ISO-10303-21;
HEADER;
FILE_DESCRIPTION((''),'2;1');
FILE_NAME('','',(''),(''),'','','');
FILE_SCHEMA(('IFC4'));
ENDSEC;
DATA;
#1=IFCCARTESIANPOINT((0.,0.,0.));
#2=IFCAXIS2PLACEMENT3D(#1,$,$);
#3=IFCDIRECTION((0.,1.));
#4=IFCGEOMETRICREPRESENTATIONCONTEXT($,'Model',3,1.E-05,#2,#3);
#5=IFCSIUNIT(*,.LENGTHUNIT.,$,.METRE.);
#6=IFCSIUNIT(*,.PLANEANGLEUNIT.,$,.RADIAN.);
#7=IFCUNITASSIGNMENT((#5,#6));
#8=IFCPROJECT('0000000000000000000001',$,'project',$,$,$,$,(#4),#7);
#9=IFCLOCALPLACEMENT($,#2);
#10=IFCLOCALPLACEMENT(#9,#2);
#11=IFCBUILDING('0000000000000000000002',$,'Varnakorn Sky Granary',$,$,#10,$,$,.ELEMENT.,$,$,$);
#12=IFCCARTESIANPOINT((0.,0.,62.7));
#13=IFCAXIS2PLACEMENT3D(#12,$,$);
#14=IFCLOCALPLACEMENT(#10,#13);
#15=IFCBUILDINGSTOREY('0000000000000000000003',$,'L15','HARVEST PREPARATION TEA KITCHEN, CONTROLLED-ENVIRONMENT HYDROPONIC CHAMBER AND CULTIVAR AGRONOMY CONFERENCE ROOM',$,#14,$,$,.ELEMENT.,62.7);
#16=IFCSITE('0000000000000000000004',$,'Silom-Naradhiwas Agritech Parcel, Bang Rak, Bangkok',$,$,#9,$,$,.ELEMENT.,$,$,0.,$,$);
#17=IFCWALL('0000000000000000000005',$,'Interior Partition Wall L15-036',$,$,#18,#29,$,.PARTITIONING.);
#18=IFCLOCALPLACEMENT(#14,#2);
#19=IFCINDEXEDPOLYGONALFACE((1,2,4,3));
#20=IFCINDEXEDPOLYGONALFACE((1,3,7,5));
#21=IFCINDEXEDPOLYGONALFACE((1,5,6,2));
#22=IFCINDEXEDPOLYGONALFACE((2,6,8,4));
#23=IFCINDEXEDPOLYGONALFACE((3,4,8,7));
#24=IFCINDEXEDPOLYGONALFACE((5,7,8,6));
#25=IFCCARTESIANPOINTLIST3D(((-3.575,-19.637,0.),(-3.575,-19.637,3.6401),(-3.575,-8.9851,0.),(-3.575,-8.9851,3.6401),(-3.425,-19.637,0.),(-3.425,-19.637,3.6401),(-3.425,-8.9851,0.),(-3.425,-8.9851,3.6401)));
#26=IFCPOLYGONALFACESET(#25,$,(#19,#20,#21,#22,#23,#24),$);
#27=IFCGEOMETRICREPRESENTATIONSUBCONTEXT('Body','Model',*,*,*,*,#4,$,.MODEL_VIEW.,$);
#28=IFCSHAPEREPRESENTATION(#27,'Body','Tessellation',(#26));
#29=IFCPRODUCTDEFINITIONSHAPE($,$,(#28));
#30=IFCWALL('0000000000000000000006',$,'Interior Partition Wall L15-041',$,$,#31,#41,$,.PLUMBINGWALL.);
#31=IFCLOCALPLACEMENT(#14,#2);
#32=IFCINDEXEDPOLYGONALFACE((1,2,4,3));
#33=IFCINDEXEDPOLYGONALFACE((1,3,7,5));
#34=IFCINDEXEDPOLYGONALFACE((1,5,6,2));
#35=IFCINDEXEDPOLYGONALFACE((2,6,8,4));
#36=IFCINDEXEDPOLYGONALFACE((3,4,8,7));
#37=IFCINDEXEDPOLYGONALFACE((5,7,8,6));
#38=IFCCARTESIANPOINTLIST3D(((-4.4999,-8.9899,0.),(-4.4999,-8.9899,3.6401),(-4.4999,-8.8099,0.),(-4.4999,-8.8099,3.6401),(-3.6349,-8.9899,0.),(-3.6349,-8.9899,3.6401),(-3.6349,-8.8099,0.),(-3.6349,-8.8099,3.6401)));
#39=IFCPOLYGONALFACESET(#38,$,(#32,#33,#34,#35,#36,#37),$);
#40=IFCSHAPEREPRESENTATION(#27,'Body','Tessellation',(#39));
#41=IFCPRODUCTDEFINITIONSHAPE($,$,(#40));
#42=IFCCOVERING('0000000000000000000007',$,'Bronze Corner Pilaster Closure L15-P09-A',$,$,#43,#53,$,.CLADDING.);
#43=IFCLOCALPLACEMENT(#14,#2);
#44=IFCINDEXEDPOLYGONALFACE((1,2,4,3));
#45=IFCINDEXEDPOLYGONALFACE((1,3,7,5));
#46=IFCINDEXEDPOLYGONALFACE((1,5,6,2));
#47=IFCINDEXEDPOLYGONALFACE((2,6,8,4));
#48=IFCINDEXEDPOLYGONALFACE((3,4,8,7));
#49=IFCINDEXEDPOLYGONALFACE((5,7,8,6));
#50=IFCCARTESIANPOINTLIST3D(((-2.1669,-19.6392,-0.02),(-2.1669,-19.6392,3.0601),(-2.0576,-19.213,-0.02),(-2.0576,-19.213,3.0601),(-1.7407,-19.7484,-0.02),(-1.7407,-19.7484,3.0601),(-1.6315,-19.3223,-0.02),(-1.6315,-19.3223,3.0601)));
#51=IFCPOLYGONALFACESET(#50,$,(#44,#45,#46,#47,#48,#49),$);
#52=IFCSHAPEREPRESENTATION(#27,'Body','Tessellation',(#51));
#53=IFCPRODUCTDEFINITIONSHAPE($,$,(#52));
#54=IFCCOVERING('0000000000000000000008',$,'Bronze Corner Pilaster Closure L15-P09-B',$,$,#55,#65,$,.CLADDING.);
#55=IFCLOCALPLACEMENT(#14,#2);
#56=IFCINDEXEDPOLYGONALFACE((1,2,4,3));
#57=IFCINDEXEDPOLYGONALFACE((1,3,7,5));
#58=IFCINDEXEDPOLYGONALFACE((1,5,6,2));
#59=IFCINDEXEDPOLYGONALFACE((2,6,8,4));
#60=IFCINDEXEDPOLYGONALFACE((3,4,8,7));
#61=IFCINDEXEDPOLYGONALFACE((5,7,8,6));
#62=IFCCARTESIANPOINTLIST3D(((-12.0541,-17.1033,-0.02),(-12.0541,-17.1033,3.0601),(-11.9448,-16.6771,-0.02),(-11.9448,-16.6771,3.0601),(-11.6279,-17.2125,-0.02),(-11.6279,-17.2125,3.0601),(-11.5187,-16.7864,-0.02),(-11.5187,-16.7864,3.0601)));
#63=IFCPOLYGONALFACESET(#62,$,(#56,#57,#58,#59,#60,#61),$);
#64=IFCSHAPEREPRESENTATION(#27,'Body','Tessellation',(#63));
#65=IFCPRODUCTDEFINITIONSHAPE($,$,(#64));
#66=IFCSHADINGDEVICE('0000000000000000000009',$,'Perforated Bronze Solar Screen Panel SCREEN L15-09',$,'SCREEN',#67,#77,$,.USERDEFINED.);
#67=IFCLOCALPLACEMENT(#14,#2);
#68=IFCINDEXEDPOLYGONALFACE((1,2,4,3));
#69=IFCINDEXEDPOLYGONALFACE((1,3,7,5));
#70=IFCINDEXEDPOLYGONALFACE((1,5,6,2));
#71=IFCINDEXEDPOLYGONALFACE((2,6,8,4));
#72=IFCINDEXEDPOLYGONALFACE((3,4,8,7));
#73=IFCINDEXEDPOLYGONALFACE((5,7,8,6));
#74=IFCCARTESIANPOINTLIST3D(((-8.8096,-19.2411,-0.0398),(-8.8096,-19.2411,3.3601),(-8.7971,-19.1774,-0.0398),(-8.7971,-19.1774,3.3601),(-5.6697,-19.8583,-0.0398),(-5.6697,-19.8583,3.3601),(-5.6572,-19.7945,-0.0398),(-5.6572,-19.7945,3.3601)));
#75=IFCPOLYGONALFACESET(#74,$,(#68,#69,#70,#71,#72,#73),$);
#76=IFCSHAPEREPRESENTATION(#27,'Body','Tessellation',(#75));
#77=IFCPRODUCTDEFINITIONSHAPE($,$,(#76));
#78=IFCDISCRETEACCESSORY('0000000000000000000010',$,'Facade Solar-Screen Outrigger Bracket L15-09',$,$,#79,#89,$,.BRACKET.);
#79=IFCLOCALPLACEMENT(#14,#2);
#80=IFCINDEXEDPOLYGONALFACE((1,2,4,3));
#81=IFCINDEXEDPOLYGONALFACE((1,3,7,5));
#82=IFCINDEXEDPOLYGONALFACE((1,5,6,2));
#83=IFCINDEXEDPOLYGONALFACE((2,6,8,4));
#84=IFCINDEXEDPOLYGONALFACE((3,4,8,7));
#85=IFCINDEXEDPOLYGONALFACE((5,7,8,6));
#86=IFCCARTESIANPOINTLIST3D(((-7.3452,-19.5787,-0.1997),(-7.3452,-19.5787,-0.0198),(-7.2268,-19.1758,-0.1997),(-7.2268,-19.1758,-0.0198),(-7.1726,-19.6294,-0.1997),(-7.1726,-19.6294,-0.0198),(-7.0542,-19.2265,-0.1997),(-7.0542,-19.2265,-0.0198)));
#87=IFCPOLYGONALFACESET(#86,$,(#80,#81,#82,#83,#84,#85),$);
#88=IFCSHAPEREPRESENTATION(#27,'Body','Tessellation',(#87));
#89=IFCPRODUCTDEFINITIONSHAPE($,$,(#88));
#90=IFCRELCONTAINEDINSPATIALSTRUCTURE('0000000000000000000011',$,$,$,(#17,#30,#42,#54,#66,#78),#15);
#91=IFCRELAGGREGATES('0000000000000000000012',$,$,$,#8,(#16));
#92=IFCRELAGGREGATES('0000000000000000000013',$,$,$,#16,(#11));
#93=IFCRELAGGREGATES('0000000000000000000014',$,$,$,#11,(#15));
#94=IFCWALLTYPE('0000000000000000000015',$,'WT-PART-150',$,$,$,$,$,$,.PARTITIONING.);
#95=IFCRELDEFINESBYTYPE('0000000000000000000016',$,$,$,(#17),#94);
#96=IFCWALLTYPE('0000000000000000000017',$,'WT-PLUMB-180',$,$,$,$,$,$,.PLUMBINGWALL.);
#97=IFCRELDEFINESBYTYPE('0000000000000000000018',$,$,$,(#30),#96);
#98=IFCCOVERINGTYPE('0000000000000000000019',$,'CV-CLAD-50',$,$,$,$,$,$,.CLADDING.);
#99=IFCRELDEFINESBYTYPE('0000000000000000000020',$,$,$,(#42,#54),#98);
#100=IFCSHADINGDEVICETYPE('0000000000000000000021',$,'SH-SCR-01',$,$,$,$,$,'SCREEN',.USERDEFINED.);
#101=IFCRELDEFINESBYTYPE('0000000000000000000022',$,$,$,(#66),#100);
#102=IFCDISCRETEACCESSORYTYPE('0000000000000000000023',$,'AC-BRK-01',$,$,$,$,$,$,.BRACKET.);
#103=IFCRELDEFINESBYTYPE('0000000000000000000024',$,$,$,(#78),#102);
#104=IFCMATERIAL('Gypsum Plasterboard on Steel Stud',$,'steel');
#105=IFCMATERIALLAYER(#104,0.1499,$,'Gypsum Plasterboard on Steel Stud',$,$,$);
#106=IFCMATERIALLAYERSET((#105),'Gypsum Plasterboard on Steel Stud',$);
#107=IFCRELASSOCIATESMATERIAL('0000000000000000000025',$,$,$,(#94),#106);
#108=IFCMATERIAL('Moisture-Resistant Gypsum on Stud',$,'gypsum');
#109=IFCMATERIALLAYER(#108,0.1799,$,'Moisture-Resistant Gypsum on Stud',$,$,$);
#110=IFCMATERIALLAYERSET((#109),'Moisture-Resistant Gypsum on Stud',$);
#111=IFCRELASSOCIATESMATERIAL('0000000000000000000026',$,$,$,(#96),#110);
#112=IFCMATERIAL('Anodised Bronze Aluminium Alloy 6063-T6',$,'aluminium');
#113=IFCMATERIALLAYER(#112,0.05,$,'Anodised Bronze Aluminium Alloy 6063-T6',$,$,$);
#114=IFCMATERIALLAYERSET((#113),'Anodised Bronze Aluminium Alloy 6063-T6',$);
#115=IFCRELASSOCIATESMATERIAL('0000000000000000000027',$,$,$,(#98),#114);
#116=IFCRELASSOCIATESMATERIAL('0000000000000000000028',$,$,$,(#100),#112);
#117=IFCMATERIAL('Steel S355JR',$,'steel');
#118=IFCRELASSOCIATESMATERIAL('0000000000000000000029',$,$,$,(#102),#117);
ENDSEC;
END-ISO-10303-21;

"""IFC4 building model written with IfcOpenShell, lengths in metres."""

from ifc_helpers import new_model, si_unit, direction, frame, frame_2d, origin, origin_2d, place, context, subcontext, project, spatial, rectangle, extrude, source, transform, mapped, material, layer, layer_set, type_object, type_shapes, element, save


model = new_model("IFC4")

# Units and contexts
model_context = context("Model", 3, precision=1e-05, world=origin(), true_north=direction((0.0, 1.0)))
body_context = subcontext(model_context, "Body", "Model", "MODEL_VIEW")
ifc_project = project(units=[si_unit("LENGTHUNIT", "METRE"), si_unit("PLANEANGLEUNIT", "RADIAN")], contexts=[model_context])

# Site, building, storey
site_placement = place(None, origin())
site = spatial("IfcSite", under=ifc_project, at=site_placement, Name="Silom-Naradhiwas Agritech Parcel, Bang Rak, Bangkok", CompositionType="ELEMENT", RefElevation=0.0)
building_placement = place(site_placement, origin())
building = spatial("IfcBuilding", under=site, at=building_placement, Name="Varnakorn Sky Granary", CompositionType="ELEMENT")
storey_placement = place(building_placement, frame((0.0, 0.0, 62.7)))
storey = spatial("IfcBuildingStorey", under=building, at=storey_placement, Name="L15", Description="HARVEST PREPARATION TEA KITCHEN, CONTROLLED-ENVIRONMENT HYDROPONIC CHAMBER AND CULTIVAR AGRONOMY CONFERENCE ROOM", CompositionType="ELEMENT", Elevation=62.7)

# Shared definitions
ifc_material_1 = material(Name="Steel S355JR", Category="steel")

# Shared definitions
ifc_material_2 = material(Name="Anodised Bronze Aluminium Alloy 6063-T6", Category="aluminium")

# Walls
ifc_material_3 = material(Name="Gypsum Plasterboard on Steel Stud", Category="steel")
ifc_layer_1 = layer(ifc_material_3, 0.1499, Name="Gypsum Plasterboard on Steel Stud")
ifc_layer_set_1 = layer_set([ifc_layer_1], Name="Gypsum Plasterboard on Steel Stud")
wall_type_1 = type_object("IfcWallType", Name="WT-PART-150", PredefinedType="PARTITIONING", material=ifc_layer_set_1)
wall_1_placement = place(storey_placement, frame((-3.5, -19.637, 0.0), z_axis=(0.0, 0.0, 1.0), x_axis=(0.0, 1.0, 0.0)))
element("IfcWall", 1, at=wall_1_placement, inside=storey, type_object=wall_type_1, Name="Interior Partition Wall L15-036", PredefinedType="PARTITIONING", context=body_context, shape_type="SweptSolid", body=[
    extrude(rectangle(XDim=10.6519, YDim=0.1499, at=frame_2d((5.3259, 0.0))), origin(), (0.0, 0.0, 1.0), 3.6401),
])
ifc_material_4 = material(Name="Moisture-Resistant Gypsum on Stud", Category="gypsum")
ifc_layer_2 = layer(ifc_material_4, 0.1799, Name="Moisture-Resistant Gypsum on Stud")
ifc_layer_set_2 = layer_set([ifc_layer_2], Name="Moisture-Resistant Gypsum on Stud")
wall_type_2 = type_object("IfcWallType", Name="WT-PLUMB-180", PredefinedType="PLUMBINGWALL", material=ifc_layer_set_2)
wall_2_placement = place(storey_placement, frame((-4.5, -8.8999, 0.0), z_axis=(0.0, 0.0, 1.0), x_axis=(1.0, 0.0, 0.0)))
element("IfcWall", 2, at=wall_2_placement, inside=storey, type_object=wall_type_2, Name="Interior Partition Wall L15-041", PredefinedType="PLUMBINGWALL", context=body_context, shape_type="SweptSolid", body=[
    extrude(rectangle(XDim=0.865, YDim=0.1799, at=frame_2d((0.4326, 0.0))), origin(), (0.0, 0.0, 1.0), 3.6401),
])

# Coverings
ifc_layer_3 = layer(ifc_material_2, 0.05, Name="Anodised Bronze Aluminium Alloy 6063-T6")
ifc_layer_set_3 = layer_set([ifc_layer_3], Name="Anodised Bronze Aluminium Alloy 6063-T6")
covering_type = type_object("IfcCoveringType", Name="CV-CLAD-50", PredefinedType="CLADDING", material=ifc_layer_set_3)
shared_shape_1 = source(origin(), body_context, "Body", "SweptSolid", [
    extrude(rectangle(XDim=0.4399, YDim=0.4399, at=origin_2d()), origin(), (0.0, 0.0, 1.0), 3.0801),
])
type_shapes(covering_type, [shared_shape_1])
for number, where, z_axis, x_axis, name in (
    (3, (-1.8992, -19.4807, -0.02), (0.0, 0.0, 1.0), (-0.96867, 0.248352, 0.0), "Bronze Corner Pilaster Closure L15-P09-A"),
    (4, (-11.7864, -16.9448, -0.02), (0.0, 0.0, 1.0), (-0.96867, 0.248352, 0.0), "Bronze Corner Pilaster Closure L15-P09-B"),
):
    element("IfcCovering", number, at=place(storey_placement, frame(where, z_axis=z_axis, x_axis=x_axis)), inside=storey, type_object=covering_type, Name=name, PredefinedType="CLADDING", context=body_context, shape_type="MappedRepresentation", body=[
        mapped(shared_shape_1, transform((0.0, 0.0, 0.0), x_axis=(1.0, 0.0, 0.0), y_axis=(0.0, 1.0, 0.0), z_axis=(0.0, 0.0, 1.0), scale=1.0)),
    ])

# Shading device
shading_device_type = type_object("IfcShadingDeviceType", Name="SH-SCR-01", ElementType="SCREEN", PredefinedType="USERDEFINED", material=ifc_material_2)
shared_shape_2 = source(origin(), body_context, "Body", "SweptSolid", [
    extrude(rectangle(XDim=3.2, YDim=0.0649, at=origin_2d()), origin(), (0.0, 0.0, 1.0), 3.3999),
])
type_shapes(shading_device_type, [shared_shape_2])
shading_device_placement = place(storey_placement, frame((-7.2334, -19.5178, -0.0398), z_axis=(0.0, 0.0, 1.0), x_axis=(0.981224, -0.19287, 0.0)))
element("IfcShadingDevice", 5, at=shading_device_placement, inside=storey, type_object=shading_device_type, Name="Perforated Bronze Solar Screen Panel SCREEN L15-09", ObjectType="SCREEN", PredefinedType="USERDEFINED", context=body_context, shape_type="MappedRepresentation", body=[
    mapped(shared_shape_2, transform((0.0, 0.0, 0.0), x_axis=(1.0, 0.0, 0.0), y_axis=(0.0, 1.0, 0.0), z_axis=(0.0, 0.0, 1.0), scale=1.0)),
])

# Discrete accessory
discrete_accessory_type = type_object("IfcDiscreteAccessoryType", Name="AC-BRK-01", PredefinedType="BRACKET", material=ifc_material_1)
shared_shape_3 = source(origin(), body_context, "Body", "SweptSolid", [
    extrude(rectangle(XDim=0.1799, YDim=0.4199, at=origin_2d()), origin(), (0.0, 0.0, 1.0), 0.1799),
])
type_shapes(discrete_accessory_type, [shared_shape_3])
discrete_accessory_placement = place(storey_placement, frame((-7.1997, -19.4026, -0.1997), z_axis=(0.0, 0.0, 1.0), x_axis=(0.95946, -0.281845, 0.0)))
element("IfcDiscreteAccessory", 6, at=discrete_accessory_placement, inside=storey, type_object=discrete_accessory_type, Name="Facade Solar-Screen Outrigger Bracket L15-09", PredefinedType="BRACKET", context=body_context, shape_type="MappedRepresentation", body=[
    mapped(shared_shape_3, transform((0.0, 0.0, 0.0), x_axis=(1.0, 0.0, 0.0), y_axis=(0.0, 1.0, 0.0), z_axis=(0.0, 0.0, 1.0), scale=1.0)),
])

save(model, "model.ifc")
